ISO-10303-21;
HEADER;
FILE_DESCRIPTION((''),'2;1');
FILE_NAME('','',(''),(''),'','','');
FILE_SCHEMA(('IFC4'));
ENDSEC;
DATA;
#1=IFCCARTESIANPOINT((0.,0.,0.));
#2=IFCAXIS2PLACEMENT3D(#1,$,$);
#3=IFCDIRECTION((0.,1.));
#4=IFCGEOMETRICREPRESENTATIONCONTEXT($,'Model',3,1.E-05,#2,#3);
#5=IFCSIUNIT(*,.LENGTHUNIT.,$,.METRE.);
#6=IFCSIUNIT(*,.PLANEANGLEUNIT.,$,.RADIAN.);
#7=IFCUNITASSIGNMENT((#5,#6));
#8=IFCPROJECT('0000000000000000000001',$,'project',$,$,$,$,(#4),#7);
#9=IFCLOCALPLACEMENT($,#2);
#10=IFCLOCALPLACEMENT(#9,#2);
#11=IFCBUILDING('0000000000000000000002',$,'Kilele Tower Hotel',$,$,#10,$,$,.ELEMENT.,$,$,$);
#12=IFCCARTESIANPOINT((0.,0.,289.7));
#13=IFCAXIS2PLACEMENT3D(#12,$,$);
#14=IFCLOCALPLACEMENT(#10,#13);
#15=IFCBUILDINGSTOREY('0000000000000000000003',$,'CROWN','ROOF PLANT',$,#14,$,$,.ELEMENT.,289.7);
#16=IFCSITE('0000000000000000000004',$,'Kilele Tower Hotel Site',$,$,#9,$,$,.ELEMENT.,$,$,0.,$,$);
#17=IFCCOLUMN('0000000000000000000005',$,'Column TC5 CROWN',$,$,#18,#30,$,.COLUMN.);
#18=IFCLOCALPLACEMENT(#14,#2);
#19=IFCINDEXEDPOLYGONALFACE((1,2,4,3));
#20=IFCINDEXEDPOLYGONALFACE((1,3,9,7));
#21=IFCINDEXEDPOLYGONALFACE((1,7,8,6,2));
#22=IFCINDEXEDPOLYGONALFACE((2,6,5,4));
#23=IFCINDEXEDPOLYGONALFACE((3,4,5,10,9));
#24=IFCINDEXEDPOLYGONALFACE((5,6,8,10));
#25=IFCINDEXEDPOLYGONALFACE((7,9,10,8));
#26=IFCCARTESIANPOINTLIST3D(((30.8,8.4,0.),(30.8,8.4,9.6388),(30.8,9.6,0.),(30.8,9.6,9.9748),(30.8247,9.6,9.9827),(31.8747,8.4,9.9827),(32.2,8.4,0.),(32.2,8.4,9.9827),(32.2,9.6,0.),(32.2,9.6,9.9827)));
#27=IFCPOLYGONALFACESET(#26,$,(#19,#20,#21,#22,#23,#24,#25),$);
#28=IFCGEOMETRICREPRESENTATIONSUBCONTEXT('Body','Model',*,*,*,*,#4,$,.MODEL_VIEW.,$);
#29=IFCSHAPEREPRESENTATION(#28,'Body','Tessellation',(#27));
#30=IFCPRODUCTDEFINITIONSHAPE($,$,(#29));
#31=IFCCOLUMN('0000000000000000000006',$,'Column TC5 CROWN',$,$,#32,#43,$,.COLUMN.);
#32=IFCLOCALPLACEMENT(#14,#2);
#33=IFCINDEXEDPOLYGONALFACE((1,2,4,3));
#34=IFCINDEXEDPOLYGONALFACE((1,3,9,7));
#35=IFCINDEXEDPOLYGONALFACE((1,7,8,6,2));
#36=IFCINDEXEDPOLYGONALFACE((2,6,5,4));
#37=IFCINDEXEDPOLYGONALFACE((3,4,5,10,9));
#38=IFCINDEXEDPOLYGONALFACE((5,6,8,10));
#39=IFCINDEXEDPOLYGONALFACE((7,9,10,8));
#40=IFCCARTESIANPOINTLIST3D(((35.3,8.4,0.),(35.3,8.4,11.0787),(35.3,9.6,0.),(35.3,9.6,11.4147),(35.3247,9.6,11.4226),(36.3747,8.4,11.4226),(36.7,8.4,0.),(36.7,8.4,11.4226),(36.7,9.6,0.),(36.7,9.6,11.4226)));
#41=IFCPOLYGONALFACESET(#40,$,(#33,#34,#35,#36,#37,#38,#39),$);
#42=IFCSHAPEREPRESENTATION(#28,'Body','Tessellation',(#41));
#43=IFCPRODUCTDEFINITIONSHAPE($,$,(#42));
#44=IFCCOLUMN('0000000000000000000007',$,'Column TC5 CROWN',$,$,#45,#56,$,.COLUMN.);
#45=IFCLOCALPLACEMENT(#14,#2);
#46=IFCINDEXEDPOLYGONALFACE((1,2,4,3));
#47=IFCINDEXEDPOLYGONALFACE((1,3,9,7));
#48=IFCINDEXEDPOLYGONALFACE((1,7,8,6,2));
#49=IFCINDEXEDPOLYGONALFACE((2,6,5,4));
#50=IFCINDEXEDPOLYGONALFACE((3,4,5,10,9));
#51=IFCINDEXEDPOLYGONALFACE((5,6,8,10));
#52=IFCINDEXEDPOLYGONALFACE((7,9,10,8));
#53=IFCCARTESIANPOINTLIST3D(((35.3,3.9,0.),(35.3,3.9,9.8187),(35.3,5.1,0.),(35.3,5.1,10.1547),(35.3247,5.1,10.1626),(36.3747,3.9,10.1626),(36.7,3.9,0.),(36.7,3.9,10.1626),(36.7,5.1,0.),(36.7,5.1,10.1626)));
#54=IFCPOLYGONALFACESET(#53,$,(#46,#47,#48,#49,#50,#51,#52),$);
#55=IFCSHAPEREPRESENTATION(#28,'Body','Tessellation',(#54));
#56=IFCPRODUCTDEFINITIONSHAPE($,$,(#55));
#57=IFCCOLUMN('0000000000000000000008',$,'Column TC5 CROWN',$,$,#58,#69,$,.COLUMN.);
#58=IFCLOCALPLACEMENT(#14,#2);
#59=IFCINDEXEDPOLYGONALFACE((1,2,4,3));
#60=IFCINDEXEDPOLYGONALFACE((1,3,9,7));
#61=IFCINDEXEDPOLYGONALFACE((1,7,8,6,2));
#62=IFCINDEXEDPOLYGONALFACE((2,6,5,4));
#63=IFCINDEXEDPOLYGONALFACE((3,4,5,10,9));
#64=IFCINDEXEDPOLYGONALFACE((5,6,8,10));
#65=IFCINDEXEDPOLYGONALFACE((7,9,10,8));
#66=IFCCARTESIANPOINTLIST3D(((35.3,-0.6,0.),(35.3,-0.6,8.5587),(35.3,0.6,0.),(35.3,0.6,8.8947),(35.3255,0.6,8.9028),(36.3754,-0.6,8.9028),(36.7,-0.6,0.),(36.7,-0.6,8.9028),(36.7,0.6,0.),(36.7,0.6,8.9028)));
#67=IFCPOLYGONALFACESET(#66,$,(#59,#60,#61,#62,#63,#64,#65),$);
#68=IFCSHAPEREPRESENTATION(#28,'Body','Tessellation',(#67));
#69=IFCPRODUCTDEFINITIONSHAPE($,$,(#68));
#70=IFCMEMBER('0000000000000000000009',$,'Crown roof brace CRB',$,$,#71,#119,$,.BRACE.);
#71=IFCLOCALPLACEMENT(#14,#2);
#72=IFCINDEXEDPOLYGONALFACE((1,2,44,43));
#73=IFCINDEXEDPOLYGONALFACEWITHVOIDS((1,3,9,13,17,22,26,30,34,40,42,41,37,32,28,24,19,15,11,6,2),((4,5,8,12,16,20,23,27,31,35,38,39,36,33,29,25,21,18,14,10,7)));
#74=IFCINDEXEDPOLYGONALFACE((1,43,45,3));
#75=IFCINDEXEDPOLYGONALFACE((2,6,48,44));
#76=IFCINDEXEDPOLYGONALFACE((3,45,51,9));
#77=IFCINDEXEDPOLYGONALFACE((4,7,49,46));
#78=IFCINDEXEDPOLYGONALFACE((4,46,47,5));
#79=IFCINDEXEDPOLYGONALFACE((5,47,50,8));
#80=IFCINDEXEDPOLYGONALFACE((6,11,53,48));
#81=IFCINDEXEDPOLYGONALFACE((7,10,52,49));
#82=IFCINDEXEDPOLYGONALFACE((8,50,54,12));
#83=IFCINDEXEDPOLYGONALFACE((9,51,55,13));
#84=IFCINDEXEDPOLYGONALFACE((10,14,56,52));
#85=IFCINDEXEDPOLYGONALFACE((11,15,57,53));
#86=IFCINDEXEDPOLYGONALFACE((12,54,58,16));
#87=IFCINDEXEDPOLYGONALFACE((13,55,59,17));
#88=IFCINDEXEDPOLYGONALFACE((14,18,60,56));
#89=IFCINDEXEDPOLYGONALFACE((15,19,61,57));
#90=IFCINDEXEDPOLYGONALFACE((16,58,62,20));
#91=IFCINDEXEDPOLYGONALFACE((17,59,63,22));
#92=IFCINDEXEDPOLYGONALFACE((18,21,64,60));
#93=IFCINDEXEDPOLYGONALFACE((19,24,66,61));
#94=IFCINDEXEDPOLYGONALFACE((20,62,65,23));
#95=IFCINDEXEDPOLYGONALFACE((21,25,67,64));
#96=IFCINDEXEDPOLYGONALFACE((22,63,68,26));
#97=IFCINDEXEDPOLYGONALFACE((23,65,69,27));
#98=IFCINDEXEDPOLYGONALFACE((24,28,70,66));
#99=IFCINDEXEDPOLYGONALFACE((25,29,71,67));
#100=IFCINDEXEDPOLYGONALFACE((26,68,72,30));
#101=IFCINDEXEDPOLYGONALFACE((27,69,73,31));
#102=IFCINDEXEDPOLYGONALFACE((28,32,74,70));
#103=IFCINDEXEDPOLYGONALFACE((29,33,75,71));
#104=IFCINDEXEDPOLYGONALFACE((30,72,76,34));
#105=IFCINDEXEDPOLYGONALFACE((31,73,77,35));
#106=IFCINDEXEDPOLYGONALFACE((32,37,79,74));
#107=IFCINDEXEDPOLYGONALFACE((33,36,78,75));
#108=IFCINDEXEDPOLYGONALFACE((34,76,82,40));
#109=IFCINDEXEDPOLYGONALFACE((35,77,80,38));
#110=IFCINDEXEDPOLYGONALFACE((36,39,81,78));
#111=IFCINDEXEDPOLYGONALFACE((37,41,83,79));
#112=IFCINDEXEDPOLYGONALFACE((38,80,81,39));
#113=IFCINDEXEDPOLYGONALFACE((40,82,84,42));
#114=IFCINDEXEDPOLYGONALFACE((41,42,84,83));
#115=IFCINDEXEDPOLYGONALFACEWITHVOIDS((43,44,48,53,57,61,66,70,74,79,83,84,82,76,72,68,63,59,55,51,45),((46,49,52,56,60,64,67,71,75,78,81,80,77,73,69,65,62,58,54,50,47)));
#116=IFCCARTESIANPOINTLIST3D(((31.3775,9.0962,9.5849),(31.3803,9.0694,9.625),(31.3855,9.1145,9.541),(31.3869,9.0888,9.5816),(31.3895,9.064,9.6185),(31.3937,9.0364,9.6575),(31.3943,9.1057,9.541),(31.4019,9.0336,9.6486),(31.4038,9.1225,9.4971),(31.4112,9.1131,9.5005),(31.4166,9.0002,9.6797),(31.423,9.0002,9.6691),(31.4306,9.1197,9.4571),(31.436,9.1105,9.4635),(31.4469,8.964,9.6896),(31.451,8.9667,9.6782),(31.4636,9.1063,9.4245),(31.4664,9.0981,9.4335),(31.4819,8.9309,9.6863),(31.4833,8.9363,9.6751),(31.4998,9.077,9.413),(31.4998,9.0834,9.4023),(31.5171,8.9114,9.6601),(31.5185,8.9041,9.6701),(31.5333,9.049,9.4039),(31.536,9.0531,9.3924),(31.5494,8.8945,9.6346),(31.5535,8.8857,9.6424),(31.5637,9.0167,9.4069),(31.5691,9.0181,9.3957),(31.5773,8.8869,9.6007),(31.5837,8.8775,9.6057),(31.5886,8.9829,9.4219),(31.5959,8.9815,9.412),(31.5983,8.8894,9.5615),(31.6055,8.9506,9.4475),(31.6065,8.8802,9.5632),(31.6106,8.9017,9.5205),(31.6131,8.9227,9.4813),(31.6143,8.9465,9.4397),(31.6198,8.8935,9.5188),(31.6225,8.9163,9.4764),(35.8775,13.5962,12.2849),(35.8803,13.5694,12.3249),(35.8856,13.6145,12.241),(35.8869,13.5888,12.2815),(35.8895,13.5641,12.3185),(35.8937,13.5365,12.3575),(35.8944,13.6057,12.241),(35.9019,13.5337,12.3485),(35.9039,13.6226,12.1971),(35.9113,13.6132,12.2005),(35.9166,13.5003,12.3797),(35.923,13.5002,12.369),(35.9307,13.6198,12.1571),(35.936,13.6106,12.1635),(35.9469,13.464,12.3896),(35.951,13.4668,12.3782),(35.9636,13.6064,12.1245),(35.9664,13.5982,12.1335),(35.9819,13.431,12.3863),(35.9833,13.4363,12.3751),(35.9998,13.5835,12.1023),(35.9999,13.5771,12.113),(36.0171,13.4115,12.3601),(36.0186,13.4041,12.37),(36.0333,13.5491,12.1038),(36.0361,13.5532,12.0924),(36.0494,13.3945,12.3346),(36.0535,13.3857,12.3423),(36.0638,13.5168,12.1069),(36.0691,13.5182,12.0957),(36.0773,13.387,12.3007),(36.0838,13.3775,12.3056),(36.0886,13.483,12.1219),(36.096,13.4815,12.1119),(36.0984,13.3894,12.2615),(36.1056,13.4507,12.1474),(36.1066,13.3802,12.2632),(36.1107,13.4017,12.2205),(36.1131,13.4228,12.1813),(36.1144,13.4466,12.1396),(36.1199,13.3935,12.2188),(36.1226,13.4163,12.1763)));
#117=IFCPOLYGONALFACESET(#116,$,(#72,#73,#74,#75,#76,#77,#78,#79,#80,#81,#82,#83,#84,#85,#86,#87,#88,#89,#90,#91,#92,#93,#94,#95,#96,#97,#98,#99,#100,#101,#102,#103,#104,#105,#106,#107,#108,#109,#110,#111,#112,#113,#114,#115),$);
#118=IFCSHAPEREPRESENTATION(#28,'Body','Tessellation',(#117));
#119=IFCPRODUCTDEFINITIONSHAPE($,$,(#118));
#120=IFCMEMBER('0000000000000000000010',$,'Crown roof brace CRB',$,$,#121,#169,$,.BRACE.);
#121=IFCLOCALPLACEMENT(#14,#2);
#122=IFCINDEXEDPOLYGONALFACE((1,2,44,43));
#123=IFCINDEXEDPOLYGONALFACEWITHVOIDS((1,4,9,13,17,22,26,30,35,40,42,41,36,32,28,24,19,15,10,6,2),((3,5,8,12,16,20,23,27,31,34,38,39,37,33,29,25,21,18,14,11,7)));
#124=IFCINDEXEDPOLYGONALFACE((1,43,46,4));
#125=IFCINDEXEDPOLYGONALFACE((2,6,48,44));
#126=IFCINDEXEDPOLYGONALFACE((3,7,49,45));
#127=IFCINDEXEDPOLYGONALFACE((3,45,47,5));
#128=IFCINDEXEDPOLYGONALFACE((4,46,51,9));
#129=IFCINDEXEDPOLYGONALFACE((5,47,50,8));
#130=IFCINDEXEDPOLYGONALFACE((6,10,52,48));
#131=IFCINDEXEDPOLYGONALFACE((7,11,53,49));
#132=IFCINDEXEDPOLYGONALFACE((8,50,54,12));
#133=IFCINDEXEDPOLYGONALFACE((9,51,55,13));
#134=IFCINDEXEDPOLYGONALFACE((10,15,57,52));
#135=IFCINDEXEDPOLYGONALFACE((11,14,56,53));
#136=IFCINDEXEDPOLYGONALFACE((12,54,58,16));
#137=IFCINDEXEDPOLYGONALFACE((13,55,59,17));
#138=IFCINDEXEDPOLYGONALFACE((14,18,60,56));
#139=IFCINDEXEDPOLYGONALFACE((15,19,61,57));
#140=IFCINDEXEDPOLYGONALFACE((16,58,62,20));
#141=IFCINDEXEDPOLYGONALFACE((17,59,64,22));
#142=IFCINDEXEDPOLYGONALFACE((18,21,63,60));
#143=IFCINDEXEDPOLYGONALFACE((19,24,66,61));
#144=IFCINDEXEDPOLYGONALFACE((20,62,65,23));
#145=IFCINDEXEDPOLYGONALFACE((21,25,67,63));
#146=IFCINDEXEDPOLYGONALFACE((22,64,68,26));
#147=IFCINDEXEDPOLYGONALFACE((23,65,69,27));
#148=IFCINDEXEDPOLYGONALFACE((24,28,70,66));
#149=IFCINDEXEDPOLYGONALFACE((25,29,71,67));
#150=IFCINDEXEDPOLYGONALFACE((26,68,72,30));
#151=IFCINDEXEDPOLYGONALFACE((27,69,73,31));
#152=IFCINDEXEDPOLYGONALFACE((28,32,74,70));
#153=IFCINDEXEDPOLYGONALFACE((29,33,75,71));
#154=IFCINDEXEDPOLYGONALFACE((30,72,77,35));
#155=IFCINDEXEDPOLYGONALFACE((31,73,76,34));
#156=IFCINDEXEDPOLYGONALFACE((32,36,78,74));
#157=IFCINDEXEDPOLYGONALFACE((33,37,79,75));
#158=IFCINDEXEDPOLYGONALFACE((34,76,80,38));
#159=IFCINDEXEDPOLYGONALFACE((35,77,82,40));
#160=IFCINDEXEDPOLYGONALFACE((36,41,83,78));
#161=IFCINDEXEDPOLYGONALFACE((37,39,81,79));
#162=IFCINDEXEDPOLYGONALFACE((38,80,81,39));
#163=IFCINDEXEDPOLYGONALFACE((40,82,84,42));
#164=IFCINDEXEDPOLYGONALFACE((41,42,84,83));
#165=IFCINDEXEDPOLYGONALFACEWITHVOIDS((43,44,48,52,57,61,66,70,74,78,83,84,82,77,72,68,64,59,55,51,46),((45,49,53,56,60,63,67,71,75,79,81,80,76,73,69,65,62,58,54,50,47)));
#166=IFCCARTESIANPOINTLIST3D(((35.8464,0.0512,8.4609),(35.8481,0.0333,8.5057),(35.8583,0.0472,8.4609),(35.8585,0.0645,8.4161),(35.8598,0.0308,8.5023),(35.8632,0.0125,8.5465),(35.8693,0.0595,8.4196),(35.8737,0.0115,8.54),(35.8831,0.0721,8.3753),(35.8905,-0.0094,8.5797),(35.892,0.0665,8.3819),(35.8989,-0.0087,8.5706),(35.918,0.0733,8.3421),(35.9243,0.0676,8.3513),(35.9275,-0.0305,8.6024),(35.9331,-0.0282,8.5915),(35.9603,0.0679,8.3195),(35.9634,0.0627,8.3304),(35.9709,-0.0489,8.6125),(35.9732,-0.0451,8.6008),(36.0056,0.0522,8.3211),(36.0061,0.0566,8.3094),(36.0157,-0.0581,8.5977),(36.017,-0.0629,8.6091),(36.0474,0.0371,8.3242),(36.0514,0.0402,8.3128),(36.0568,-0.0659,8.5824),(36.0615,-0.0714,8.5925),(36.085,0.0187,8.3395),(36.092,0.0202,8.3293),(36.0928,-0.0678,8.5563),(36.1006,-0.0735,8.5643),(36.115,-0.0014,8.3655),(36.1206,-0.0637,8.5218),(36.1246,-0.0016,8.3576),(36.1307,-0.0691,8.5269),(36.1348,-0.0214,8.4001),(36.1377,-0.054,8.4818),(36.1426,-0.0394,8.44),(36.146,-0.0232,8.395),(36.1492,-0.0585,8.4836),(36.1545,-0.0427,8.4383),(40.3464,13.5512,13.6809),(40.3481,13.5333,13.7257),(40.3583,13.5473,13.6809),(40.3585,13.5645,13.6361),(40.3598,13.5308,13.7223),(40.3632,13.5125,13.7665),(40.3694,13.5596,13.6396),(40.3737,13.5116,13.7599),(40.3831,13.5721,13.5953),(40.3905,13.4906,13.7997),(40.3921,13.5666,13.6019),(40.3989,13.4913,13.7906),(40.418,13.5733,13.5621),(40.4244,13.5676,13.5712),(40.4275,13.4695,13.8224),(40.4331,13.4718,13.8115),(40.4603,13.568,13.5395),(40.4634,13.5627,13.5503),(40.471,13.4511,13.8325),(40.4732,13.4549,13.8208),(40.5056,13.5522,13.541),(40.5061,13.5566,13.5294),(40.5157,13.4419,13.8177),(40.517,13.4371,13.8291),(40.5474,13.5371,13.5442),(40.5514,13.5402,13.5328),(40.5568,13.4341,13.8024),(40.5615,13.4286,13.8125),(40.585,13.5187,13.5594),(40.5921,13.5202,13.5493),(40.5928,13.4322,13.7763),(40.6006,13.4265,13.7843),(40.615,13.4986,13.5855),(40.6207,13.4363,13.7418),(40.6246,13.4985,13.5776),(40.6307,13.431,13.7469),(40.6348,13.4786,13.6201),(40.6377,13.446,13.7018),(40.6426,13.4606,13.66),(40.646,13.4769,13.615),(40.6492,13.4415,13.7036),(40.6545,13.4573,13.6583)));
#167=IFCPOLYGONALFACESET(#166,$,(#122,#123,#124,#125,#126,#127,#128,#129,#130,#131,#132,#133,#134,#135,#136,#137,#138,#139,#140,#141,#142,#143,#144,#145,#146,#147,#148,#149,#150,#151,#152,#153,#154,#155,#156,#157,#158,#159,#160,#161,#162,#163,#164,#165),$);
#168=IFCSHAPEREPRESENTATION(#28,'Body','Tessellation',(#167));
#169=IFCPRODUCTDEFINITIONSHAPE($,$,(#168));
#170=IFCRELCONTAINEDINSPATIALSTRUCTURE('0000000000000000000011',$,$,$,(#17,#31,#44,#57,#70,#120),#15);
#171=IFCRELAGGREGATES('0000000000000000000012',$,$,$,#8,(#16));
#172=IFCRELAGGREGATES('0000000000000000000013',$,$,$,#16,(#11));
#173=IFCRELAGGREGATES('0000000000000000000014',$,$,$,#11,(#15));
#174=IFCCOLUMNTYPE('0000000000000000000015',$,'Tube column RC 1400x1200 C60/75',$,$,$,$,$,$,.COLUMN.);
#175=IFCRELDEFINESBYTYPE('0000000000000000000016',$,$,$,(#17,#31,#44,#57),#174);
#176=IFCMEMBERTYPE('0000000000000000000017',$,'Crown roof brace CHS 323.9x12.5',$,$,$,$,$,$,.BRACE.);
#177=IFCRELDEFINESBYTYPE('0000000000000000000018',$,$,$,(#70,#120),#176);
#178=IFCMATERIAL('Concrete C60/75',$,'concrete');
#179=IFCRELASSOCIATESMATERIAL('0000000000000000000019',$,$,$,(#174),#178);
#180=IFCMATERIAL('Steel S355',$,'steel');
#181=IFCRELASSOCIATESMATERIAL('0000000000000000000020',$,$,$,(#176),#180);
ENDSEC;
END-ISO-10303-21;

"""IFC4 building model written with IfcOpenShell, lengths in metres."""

from ifc_helpers import new_model, si_unit, direction, frame, origin, origin_2d, place, context, subcontext, project, spatial, rectangle, hollow_circle, extrude, clip, halfspace, material, material_profile, profile_set, type_object, element, save


model = new_model("IFC4")

# Units and contexts
model_context = context("Model", 3, precision=1e-05, world=origin(), true_north=direction((0.0, 1.0)))
body_context = subcontext(model_context, "Body", "Model", "MODEL_VIEW")
ifc_project = project(units=[si_unit("LENGTHUNIT", "METRE"), si_unit("PLANEANGLEUNIT", "RADIAN")], contexts=[model_context])

# Site, building, storey
site_placement = place(None, origin())
site = spatial("IfcSite", under=ifc_project, at=site_placement, Name="Kilele Tower Hotel Site", CompositionType="ELEMENT", RefElevation=0.0)
building_placement = place(site_placement, origin())
building = spatial("IfcBuilding", under=site, at=building_placement, Name="Kilele Tower Hotel", CompositionType="ELEMENT")
storey_placement = place(building_placement, frame((0.0, 0.0, 289.7)))
storey = spatial("IfcBuildingStorey", under=building, at=storey_placement, Name="CROWN", Description="ROOF PLANT", CompositionType="ELEMENT", Elevation=289.7)

# Columns
ifc_material_1 = material(Name="Concrete C60/75", Category="concrete")
ifc_material_profile_1 = material_profile(ifc_material_1, rectangle(XDim=1.3999, YDim=1.2, at=origin_2d()))
ifc_profile_set_1 = profile_set([ifc_material_profile_1], Name="Concrete C60/75")
column_type = type_object("IfcColumnType", Name="Tube column RC 1400x1200 C60/75", PredefinedType="COLUMN", material=ifc_profile_set_1)
column_1_placement = place(storey_placement, frame((31.5, 9.0, 0.0), z_axis=(0.0, 0.0, 1.0), x_axis=(1.0, 0.0, 0.0)))
element("IfcColumn", 1, at=column_1_placement, inside=storey, type_object=column_type, Name="Column TC5 CROWN", PredefinedType="COLUMN", context=body_context, shape_type="Clipping", body=[
    clip(extrude(rectangle(XDim=1.3999, YDim=1.2, at=origin_2d()), origin(), (0.0, 0.0, 1.0), 9.9827), halfspace(frame((0.0, 0.0, 10.0308), z_axis=(-0.294484, -0.257674, 0.920263), x_axis=(0.952424, 0.0, 0.304776)), False)),
])
column_2_placement = place(storey_placement, frame((36.0, 9.0, 0.0), z_axis=(0.0, 0.0, 1.0), x_axis=(1.0, 0.0, 0.0)))
element("IfcColumn", 2, at=column_2_placement, inside=storey, type_object=column_type, Name="Column TC5 CROWN", PredefinedType="COLUMN", context=body_context, shape_type="Clipping", body=[
    clip(extrude(rectangle(XDim=1.3999, YDim=1.2, at=origin_2d()), origin(), (0.0, 0.0, 1.0), 11.4226), halfspace(frame((0.0, 0.0, 11.4707), z_axis=(-0.294484, -0.257674, 0.920263), x_axis=(0.952424, 0.0, 0.304776)), False)),
])
column_3_placement = place(storey_placement, frame((36.0, 4.5, 0.0), z_axis=(0.0, 0.0, 1.0), x_axis=(1.0, 0.0, 0.0)))
element("IfcColumn", 3, at=column_3_placement, inside=storey, type_object=column_type, Name="Column TC5 CROWN", PredefinedType="COLUMN", context=body_context, shape_type="Clipping", body=[
    clip(extrude(rectangle(XDim=1.3999, YDim=1.2, at=origin_2d()), origin(), (0.0, 0.0, 1.0), 10.1626), halfspace(frame((0.0, 0.0, 10.2107), z_axis=(-0.294484, -0.257674, 0.920263), x_axis=(0.952424, 0.0, 0.304776)), False)),
])
column_4_placement = place(storey_placement, frame((36.0, 0.0, 0.0), z_axis=(0.0, 0.0, 1.0), x_axis=(1.0, 0.0, 0.0)))
element("IfcColumn", 4, at=column_4_placement, inside=storey, type_object=column_type, Name="Column TC5 CROWN", PredefinedType="COLUMN", context=body_context, shape_type="Clipping", body=[
    clip(extrude(rectangle(XDim=1.3999, YDim=1.2, at=origin_2d()), origin(), (0.0, 0.0, 1.0), 8.9028), halfspace(frame((0.0, 0.0, 8.9507), z_axis=(-0.294484, -0.257674, 0.920263), x_axis=(0.952424, 0.0, 0.304776)), False)),
])

# Members
ifc_material_2 = material(Name="Steel S355", Category="steel")
ifc_material_profile_2 = material_profile(ifc_material_2, hollow_circle(Radius=0.1619, WallThickness=0.0125, at=origin_2d()))
ifc_profile_set_2 = profile_set([ifc_material_profile_2], Name="Steel S355")
member_type = type_object("IfcMemberType", Name="Crown roof brace CHS 323.9x12.5", PredefinedType="BRACE", material=ifc_profile_set_2)
member_1_placement = place(storey_placement, frame((31.5, 9.0, 9.541), z_axis=(0.650946, 0.650946, 0.390561), x_axis=(-0.707107, 0.707107, 0.0)))
element("IfcMember", 5, at=member_1_placement, inside=storey, type_object=member_type, Name="Crown roof brace CRB", PredefinedType="BRACE", context=body_context, shape_type="SweptSolid", body=[
    extrude(hollow_circle(Radius=0.1619, WallThickness=0.0125, at=origin_2d()), origin(), (0.0, 0.0, 1.0), 6.9131),
])
member_2_placement = place(storey_placement, frame((36.0, 0.0, 8.4609), z_axis=(0.296884, 0.890652, 0.344383), x_axis=(-0.948683, 0.316228, 0.0)))
element("IfcMember", 6, at=member_2_placement, inside=storey, type_object=member_type, Name="Crown roof brace CRB", PredefinedType="BRACE", context=body_context, shape_type="SweptSolid", body=[
    extrude(hollow_circle(Radius=0.1619, WallThickness=0.0125, at=origin_2d()), origin(), (0.0, 0.0, 1.0), 15.1575),
])

save(model, "model.ifc")
